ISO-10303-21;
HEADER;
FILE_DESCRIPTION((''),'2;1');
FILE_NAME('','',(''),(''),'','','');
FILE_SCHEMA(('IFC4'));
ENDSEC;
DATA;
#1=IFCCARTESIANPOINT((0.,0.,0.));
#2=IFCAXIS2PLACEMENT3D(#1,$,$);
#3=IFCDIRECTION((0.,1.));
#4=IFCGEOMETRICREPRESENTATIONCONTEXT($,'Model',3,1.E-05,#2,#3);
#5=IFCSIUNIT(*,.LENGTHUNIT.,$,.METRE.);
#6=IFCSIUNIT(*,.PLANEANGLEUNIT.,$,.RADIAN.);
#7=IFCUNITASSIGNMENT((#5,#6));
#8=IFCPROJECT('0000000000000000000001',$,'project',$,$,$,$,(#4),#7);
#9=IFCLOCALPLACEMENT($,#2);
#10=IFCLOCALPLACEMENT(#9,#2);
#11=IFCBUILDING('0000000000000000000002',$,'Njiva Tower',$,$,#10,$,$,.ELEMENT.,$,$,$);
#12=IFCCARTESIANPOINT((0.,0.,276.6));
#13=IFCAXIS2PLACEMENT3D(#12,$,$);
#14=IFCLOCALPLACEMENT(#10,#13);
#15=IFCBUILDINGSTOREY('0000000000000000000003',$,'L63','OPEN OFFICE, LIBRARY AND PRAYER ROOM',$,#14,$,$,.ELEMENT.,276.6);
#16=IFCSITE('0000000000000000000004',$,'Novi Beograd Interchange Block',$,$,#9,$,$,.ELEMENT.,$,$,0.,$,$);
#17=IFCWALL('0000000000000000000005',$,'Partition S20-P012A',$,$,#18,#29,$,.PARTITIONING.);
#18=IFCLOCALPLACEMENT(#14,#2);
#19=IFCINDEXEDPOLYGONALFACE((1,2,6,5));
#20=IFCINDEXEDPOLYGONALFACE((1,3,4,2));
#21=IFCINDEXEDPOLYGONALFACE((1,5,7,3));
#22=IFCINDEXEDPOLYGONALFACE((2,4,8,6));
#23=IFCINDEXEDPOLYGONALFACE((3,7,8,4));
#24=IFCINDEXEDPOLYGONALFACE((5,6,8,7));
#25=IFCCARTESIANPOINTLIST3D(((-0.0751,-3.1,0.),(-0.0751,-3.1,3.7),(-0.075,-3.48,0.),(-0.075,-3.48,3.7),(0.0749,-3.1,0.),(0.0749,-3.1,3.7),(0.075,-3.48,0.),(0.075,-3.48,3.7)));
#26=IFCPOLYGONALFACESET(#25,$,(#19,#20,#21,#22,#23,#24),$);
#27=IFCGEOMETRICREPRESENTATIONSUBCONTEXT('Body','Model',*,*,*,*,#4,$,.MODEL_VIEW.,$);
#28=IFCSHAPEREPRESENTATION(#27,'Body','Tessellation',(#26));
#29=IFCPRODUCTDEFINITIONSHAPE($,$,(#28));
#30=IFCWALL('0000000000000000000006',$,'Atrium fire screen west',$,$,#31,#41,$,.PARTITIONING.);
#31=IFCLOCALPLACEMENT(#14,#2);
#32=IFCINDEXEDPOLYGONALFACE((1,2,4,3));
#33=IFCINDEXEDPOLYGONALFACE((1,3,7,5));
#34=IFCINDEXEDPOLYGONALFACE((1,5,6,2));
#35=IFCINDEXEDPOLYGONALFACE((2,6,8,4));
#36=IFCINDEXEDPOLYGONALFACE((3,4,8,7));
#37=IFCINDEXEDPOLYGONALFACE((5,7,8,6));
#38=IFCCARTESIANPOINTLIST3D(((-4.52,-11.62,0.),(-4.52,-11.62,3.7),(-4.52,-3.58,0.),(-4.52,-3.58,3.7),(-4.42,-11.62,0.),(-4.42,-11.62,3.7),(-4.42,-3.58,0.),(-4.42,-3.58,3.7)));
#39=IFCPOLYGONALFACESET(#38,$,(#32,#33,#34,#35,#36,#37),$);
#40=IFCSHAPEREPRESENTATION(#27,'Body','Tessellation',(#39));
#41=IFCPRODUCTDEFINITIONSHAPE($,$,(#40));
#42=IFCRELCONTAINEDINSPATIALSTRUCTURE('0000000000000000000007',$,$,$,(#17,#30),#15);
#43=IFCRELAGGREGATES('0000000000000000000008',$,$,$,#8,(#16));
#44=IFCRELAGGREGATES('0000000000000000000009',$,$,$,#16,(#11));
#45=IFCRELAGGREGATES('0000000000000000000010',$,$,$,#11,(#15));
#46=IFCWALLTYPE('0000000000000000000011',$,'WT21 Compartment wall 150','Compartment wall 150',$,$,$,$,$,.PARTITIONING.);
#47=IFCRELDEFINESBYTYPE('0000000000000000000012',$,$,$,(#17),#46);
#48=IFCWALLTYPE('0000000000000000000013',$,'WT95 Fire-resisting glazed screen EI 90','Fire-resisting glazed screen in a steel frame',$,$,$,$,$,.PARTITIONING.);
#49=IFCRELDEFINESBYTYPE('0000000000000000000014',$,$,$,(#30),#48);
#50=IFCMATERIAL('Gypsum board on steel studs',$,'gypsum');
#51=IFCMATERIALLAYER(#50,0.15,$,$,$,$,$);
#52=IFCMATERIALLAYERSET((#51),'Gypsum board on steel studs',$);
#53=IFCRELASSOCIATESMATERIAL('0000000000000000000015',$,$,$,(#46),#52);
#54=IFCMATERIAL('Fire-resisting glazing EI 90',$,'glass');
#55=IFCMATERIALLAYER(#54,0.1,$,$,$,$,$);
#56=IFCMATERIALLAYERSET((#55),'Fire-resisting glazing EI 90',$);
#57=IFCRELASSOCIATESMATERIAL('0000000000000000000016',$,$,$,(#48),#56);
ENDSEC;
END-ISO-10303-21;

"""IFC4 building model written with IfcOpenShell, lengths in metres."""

from ifc_helpers import new_model, si_unit, direction, frame, frame_2d, origin, place, context, subcontext, project, spatial, rectangle, extrude, material, layer, layer_set, type_object, element, save


model = new_model("IFC4")

# Units and contexts
model_context = context("Model", 3, precision=1e-05, world=origin(), true_north=direction((0.0, 1.0)))
body_context = subcontext(model_context, "Body", "Model", "MODEL_VIEW")
ifc_project = project(units=[si_unit("LENGTHUNIT", "METRE"), si_unit("PLANEANGLEUNIT", "RADIAN")], contexts=[model_context])

# Site, building, storey
site_placement = place(None, origin())
site = spatial("IfcSite", under=ifc_project, at=site_placement, Name="Novi Beograd Interchange Block", CompositionType="ELEMENT", RefElevation=0.0)
building_placement = place(site_placement, origin())
building = spatial("IfcBuilding", under=site, at=building_placement, Name="Njiva Tower", CompositionType="ELEMENT")
storey_placement = place(building_placement, frame((0.0, 0.0, 276.6)))
storey = spatial("IfcBuildingStorey", under=building, at=storey_placement, Name="L63", Description="OPEN OFFICE, LIBRARY AND PRAYER ROOM", CompositionType="ELEMENT", Elevation=276.6)

# Shared definitions
ifc_material_1 = material(Name="Gypsum board on steel studs", Category="gypsum")
ifc_layer_1 = layer(ifc_material_1, 0.15)
ifc_layer_set_1 = layer_set([ifc_layer_1], Name="Gypsum board on steel studs")
wall_type_1 = type_object("IfcWallType", Name="WT21 Compartment wall 150", Description="Compartment wall 150", PredefinedType="PARTITIONING", material=ifc_layer_set_1)

# Walls
wall_1_placement = place(storey_placement, frame((-0.0001, -3.1, 0.0), z_axis=(0.0, 0.0, 1.0), x_axis=(0.000263, -1.0, 0.0)))
element("IfcWall", 1, at=wall_1_placement, inside=storey, type_object=wall_type_1, Name="Partition S20-P012A", PredefinedType="PARTITIONING", context=body_context, shape_type="SweptSolid", body=[
    extrude(rectangle(XDim=0.38, YDim=0.15, at=frame_2d((0.19, 0.0))), origin(), (0.0, 0.0, 1.0), 3.7),
])
ifc_material_2 = material(Name="Fire-resisting glazing EI 90", Category="glass")
ifc_layer_2 = layer(ifc_material_2, 0.1)
ifc_layer_set_2 = layer_set([ifc_layer_2], Name="Fire-resisting glazing EI 90")
wall_type_2 = type_object("IfcWallType", Name="WT95 Fire-resisting glazed screen EI 90", Description="Fire-resisting glazed screen in a steel frame", PredefinedType="PARTITIONING", material=ifc_layer_set_2)
wall_2_placement = place(storey_placement, frame((-4.47, -3.58, 0.0), z_axis=(0.0, 0.0, 1.0), x_axis=(0.0, -1.0, 0.0)))
element("IfcWall", 2, at=wall_2_placement, inside=storey, type_object=wall_type_2, Name="Atrium fire screen west", PredefinedType="PARTITIONING", context=body_context, shape_type="SweptSolid", body=[
    extrude(rectangle(XDim=8.04, YDim=0.1, at=frame_2d((4.02, 0.0))), origin(), (0.0, 0.0, 1.0), 3.7),
])

save(model, "model.ifc")
